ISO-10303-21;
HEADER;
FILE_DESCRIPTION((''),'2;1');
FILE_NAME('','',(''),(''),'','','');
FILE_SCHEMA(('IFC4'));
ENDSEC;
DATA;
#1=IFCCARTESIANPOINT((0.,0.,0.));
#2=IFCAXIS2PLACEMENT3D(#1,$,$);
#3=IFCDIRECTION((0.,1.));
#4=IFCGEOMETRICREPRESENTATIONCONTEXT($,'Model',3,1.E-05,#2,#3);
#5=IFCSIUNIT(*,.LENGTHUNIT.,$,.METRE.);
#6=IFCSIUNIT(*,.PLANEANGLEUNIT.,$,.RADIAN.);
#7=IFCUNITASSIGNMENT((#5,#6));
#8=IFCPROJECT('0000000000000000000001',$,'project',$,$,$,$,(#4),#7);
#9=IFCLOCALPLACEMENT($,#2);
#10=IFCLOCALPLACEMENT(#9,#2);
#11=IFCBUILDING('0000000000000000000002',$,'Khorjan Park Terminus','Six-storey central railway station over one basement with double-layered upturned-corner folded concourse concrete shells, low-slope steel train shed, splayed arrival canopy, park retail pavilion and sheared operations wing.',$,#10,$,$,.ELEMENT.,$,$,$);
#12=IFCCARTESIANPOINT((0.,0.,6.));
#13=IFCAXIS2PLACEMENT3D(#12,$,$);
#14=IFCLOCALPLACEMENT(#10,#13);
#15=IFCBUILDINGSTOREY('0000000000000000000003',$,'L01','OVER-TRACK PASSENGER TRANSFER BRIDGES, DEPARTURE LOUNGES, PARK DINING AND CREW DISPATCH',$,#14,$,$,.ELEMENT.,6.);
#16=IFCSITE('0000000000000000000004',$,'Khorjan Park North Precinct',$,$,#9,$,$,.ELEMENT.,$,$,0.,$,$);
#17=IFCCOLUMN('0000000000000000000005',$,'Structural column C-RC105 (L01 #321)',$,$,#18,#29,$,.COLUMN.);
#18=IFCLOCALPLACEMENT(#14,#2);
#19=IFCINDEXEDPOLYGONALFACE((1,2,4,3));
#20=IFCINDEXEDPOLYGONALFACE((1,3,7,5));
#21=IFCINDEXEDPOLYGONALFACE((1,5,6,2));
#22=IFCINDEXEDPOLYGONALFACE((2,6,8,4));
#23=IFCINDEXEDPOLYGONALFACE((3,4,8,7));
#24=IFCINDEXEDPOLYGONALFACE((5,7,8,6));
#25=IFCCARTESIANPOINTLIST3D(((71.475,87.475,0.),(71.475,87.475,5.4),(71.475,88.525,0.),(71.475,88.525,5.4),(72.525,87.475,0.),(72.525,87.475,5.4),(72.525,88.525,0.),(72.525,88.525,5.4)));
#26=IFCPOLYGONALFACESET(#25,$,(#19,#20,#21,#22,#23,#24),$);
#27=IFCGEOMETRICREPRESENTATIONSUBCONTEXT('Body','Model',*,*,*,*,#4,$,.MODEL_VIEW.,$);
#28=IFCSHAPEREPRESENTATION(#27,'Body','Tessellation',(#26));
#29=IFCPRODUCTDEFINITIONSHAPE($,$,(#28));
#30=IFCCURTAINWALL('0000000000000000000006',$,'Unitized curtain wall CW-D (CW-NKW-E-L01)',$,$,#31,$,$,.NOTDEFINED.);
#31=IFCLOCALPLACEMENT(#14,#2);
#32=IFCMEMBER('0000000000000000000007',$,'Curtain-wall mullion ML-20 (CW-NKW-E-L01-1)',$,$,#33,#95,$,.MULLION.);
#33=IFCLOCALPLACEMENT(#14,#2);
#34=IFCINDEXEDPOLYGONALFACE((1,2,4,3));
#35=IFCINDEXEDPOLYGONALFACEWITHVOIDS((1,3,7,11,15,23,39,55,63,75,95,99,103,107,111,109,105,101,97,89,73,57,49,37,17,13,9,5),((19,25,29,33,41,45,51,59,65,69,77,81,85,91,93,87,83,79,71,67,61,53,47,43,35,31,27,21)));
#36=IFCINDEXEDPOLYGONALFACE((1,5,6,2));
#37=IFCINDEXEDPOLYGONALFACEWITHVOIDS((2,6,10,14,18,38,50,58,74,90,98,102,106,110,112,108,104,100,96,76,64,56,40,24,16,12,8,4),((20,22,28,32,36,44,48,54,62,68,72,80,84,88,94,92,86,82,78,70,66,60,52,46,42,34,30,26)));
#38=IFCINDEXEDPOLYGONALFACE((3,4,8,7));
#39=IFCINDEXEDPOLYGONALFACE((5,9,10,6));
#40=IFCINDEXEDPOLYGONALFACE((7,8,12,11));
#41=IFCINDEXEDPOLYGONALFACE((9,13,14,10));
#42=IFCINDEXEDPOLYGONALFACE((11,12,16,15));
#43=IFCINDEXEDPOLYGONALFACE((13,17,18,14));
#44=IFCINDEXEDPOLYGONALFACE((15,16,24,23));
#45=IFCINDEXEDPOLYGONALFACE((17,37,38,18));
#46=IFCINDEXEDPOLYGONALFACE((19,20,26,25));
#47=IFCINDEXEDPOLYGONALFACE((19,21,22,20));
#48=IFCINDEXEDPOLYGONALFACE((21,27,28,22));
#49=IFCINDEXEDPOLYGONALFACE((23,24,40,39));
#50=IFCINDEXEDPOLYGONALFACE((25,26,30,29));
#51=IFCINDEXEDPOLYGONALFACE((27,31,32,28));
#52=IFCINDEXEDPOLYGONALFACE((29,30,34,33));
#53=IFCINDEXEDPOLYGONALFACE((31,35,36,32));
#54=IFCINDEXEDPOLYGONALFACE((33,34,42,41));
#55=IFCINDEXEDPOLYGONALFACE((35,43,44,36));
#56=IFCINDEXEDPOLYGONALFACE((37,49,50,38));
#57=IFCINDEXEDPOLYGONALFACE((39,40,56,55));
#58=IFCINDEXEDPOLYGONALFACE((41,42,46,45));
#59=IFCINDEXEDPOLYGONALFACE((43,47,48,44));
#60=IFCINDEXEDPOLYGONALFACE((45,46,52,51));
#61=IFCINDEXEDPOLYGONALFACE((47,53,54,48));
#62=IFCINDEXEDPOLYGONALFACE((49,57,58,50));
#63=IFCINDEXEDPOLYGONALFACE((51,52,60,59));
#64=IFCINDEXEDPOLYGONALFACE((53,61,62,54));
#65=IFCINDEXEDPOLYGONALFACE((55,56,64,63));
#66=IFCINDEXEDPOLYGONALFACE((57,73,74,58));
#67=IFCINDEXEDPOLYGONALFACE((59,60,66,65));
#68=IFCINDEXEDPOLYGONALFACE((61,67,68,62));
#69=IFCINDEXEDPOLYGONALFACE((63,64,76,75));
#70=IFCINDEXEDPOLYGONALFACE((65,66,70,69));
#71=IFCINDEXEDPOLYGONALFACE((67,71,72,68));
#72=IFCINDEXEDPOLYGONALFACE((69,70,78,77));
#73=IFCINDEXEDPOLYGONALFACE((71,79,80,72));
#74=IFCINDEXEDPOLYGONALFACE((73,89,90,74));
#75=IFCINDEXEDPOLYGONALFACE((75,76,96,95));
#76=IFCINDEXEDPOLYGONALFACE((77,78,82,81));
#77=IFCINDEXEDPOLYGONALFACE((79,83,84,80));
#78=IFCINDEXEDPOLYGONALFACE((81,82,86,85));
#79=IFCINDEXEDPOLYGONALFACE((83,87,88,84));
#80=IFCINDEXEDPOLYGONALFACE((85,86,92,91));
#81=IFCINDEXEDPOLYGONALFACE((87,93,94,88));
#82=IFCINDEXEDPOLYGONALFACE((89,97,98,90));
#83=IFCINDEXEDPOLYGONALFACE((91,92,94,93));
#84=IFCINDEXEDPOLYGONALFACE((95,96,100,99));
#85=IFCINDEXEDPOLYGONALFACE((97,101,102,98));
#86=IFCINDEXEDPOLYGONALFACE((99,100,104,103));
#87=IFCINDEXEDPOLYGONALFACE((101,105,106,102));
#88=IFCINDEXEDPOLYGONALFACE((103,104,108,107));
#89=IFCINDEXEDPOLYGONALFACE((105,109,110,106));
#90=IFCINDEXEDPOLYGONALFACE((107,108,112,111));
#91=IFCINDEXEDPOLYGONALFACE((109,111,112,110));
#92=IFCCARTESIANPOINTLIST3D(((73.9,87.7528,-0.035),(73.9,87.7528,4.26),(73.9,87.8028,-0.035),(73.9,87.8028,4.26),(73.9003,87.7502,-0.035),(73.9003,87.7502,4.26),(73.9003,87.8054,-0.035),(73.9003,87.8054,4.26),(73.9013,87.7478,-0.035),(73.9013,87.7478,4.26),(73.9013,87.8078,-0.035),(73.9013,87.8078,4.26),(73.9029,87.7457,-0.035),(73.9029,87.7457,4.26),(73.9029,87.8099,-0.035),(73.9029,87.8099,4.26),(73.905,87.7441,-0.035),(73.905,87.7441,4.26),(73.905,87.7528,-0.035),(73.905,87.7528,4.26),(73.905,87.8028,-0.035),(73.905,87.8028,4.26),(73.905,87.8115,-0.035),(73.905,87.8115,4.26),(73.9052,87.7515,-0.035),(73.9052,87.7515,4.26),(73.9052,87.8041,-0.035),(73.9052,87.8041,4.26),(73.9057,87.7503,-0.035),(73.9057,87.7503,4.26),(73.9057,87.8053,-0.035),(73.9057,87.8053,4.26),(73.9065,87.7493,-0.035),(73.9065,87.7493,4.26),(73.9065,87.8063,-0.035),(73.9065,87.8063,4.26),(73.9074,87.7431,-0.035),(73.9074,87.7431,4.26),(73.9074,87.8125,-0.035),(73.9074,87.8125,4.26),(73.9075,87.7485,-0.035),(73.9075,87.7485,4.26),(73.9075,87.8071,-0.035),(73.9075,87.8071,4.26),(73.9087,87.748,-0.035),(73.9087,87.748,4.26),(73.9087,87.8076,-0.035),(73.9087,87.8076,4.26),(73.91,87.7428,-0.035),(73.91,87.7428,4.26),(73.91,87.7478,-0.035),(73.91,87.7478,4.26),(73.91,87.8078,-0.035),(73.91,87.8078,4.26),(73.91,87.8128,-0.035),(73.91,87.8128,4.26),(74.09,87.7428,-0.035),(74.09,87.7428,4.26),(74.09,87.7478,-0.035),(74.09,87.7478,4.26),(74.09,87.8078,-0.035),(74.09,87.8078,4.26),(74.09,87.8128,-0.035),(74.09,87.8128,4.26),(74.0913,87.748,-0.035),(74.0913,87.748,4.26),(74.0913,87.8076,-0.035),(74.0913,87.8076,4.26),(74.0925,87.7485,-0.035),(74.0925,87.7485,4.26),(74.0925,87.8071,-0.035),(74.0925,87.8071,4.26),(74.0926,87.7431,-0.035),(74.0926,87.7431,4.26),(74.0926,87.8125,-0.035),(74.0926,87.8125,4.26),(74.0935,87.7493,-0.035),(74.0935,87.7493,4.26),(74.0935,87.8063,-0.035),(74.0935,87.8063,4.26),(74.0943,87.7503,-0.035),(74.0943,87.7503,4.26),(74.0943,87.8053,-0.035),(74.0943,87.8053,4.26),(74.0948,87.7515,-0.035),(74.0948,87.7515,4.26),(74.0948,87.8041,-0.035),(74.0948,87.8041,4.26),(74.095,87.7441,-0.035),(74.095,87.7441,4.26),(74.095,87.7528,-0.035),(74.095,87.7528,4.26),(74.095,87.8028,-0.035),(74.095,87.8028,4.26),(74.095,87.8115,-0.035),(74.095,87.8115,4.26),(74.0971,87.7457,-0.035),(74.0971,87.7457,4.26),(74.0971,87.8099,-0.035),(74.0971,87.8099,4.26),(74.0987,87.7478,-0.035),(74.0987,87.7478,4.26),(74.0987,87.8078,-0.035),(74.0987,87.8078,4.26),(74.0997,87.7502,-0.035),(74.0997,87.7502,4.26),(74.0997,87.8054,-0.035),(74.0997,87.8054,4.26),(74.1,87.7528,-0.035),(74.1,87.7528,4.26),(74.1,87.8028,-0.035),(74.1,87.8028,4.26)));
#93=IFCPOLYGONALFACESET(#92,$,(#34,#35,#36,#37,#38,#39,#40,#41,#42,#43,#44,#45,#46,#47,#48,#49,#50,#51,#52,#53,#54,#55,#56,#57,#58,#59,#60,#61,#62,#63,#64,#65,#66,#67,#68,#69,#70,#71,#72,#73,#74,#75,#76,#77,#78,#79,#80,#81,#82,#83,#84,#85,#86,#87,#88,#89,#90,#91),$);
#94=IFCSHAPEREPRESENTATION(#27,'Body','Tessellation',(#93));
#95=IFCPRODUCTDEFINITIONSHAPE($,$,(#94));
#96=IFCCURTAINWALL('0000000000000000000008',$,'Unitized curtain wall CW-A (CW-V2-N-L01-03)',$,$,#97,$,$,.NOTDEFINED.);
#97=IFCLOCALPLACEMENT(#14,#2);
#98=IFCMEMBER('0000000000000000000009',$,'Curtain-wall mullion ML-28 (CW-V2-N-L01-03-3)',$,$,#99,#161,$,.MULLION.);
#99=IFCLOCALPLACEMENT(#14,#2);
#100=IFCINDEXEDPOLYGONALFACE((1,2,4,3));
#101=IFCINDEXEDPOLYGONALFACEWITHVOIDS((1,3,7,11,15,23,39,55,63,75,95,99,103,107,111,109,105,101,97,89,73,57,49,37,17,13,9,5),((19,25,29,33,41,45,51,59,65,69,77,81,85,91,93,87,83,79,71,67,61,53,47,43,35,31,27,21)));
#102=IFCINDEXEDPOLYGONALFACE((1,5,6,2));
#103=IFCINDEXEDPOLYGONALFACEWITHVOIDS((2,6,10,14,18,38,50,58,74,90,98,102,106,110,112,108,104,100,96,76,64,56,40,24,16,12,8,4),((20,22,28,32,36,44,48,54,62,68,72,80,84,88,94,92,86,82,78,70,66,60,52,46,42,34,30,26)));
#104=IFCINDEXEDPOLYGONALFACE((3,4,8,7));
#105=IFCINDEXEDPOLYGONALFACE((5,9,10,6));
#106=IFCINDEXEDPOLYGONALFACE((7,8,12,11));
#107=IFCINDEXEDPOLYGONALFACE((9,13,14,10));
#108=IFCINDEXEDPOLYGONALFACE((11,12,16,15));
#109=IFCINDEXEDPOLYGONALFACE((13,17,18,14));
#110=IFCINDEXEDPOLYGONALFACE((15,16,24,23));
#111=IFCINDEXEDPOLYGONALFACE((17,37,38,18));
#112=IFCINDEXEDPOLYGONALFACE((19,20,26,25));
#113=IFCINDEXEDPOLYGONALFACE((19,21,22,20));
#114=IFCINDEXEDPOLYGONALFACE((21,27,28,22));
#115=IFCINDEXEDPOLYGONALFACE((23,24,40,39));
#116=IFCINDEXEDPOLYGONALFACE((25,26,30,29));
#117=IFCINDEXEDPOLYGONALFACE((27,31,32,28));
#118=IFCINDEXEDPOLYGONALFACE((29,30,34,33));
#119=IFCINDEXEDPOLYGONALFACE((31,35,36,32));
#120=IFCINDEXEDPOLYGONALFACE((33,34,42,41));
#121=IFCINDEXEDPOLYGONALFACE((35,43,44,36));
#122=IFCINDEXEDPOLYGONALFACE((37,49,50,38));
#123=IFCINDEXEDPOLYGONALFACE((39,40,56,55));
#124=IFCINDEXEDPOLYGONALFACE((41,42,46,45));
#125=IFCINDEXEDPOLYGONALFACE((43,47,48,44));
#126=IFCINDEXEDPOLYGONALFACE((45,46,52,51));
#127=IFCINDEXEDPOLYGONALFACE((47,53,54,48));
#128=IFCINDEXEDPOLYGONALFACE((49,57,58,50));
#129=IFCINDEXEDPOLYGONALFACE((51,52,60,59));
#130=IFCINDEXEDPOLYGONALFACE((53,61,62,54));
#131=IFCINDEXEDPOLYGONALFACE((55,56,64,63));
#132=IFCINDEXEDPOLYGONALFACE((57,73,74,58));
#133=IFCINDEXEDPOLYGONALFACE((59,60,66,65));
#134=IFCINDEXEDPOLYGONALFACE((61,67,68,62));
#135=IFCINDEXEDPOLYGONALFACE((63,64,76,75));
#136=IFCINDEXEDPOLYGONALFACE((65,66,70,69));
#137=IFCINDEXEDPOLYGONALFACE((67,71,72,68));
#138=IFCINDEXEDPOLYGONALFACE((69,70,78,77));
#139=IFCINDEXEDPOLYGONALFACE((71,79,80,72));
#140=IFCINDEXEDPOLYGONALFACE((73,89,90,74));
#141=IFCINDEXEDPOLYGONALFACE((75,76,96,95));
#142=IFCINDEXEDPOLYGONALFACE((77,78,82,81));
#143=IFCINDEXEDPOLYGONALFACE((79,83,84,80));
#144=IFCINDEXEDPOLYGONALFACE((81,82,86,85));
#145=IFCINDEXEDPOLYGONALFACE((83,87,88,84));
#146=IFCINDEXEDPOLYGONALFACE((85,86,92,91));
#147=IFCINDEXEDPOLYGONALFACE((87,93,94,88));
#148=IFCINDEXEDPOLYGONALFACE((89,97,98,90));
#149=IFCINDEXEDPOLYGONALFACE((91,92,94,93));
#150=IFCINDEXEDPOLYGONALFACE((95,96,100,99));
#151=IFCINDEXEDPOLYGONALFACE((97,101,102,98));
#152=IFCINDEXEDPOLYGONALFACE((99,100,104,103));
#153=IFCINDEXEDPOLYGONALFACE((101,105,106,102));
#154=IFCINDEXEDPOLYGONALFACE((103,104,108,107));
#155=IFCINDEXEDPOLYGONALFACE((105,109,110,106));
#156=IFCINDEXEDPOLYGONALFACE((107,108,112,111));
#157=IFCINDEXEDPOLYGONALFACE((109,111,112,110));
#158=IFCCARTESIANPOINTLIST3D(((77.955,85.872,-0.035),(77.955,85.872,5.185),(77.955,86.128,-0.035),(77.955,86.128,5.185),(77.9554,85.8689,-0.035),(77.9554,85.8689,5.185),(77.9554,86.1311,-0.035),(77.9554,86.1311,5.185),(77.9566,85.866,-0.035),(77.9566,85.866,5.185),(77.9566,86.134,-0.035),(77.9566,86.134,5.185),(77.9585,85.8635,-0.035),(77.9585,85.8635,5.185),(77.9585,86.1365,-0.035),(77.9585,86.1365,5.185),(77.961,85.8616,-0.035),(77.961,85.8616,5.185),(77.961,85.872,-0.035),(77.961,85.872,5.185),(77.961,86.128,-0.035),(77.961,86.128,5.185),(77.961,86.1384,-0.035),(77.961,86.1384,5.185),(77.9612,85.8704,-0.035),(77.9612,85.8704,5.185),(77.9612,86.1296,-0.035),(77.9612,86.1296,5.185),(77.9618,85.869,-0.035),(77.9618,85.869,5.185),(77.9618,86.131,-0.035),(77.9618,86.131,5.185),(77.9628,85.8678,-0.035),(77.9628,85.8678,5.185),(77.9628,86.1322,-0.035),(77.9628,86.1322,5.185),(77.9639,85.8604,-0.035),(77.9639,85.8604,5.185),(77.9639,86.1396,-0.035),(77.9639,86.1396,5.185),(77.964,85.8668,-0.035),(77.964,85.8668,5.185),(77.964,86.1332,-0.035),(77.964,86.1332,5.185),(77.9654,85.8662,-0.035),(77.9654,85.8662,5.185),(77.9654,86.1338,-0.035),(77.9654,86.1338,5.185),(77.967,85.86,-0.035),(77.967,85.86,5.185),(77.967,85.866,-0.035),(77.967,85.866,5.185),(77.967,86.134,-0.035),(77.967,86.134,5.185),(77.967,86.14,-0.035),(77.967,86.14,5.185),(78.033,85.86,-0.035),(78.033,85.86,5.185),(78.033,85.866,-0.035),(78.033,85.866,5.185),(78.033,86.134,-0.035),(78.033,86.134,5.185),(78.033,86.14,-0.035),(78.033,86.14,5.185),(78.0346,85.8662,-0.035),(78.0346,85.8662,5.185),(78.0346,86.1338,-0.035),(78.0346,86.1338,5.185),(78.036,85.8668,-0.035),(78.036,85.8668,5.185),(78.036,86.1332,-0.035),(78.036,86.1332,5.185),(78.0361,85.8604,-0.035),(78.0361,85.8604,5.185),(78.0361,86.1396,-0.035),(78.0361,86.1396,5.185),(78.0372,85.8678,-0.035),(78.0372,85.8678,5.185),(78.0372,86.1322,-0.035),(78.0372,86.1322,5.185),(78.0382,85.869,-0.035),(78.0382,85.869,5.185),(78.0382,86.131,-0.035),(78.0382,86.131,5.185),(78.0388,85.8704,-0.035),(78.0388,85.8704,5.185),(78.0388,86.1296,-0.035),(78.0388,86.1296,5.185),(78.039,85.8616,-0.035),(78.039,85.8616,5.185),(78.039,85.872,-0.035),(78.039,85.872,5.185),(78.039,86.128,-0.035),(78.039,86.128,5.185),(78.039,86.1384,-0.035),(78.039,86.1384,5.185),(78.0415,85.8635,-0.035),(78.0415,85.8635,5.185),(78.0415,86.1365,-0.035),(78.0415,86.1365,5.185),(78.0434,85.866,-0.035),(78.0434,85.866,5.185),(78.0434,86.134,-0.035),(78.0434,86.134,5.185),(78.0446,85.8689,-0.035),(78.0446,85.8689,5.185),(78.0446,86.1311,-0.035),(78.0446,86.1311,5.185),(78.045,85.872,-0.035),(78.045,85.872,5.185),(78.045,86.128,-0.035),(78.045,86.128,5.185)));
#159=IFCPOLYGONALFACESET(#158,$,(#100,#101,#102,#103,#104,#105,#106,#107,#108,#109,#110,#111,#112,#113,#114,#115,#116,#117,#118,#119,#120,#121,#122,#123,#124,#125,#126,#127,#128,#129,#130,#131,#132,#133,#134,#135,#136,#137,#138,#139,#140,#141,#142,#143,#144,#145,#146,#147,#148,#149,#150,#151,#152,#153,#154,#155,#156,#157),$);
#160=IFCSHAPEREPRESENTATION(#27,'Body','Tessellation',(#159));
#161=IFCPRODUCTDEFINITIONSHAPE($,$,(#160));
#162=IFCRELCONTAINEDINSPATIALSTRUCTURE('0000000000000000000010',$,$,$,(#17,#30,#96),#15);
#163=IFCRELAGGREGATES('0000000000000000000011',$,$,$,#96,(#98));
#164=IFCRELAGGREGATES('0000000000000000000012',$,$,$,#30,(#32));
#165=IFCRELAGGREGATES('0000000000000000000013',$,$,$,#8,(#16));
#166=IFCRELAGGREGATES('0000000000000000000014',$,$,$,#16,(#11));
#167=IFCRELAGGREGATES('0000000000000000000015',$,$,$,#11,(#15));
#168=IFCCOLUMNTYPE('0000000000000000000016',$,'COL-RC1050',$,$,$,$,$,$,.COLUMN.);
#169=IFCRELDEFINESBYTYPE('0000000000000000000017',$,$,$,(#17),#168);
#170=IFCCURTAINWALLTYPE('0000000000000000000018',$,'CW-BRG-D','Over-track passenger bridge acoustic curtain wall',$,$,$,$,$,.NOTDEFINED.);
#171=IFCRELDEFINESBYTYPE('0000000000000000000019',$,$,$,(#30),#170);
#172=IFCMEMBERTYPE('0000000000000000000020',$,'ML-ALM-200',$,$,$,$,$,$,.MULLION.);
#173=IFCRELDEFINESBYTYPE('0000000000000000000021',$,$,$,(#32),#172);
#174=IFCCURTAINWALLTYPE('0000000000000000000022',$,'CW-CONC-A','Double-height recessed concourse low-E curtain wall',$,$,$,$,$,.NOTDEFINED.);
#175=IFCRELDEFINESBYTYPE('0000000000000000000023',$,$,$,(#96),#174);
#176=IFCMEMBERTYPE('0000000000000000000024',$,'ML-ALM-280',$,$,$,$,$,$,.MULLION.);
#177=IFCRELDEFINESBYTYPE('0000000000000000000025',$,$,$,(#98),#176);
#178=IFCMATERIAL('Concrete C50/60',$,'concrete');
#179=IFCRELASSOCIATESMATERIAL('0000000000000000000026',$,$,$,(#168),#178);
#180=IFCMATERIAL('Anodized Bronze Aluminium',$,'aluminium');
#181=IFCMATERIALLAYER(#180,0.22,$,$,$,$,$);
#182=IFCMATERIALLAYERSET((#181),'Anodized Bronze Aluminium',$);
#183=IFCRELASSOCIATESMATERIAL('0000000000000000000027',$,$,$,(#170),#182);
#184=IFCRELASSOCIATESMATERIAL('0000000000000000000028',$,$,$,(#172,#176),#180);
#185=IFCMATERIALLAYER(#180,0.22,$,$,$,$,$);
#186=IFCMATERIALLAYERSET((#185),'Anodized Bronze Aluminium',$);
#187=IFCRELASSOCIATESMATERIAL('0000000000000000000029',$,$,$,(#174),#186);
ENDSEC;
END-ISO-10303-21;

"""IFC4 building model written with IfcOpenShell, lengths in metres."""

from ifc_helpers import new_model, si_unit, direction, frame, origin, origin_2d, place, context, subcontext, project, spatial, rectangle, hollow_rectangle, extrude, material, layer, layer_set, material_profile, profile_set, type_object, element, aggregate, save


model = new_model("IFC4")

# Units and contexts
model_context = context("Model", 3, precision=1e-05, world=origin(), true_north=direction((0.0, 1.0)))
body_context = subcontext(model_context, "Body", "Model", "MODEL_VIEW")
ifc_project = project(units=[si_unit("LENGTHUNIT", "METRE"), si_unit("PLANEANGLEUNIT", "RADIAN")], contexts=[model_context])

# Site, building, storey
site_placement = place(None, origin())
site = spatial("IfcSite", under=ifc_project, at=site_placement, Name="Khorjan Park North Precinct", CompositionType="ELEMENT", RefElevation=0.0)
building_placement = place(site_placement, origin())
building = spatial("IfcBuilding", under=site, at=building_placement, Name="Khorjan Park Terminus", Description="Six-storey central railway station over one basement with double-layered upturned-corner folded concourse concrete shells, low-slope steel train shed, splayed arrival canopy, park retail pavilion and sheared operations wing.", CompositionType="ELEMENT")
storey_placement = place(building_placement, frame((0.0, 0.0, 6.0)))
storey = spatial("IfcBuildingStorey", under=building, at=storey_placement, Name="L01", Description="OVER-TRACK PASSENGER TRANSFER BRIDGES, DEPARTURE LOUNGES, PARK DINING AND CREW DISPATCH", CompositionType="ELEMENT", Elevation=6.0)

# Column
ifc_material_1 = material(Name="Concrete C50/60", Category="concrete")
ifc_material_profile_1 = material_profile(ifc_material_1, rectangle(XDim=1.05, YDim=1.05, at=origin_2d()), Name="RC 1050x1050")
ifc_profile_set_1 = profile_set([ifc_material_profile_1], Name="Concrete C50/60")
column_type = type_object("IfcColumnType", Name="COL-RC1050", PredefinedType="COLUMN", material=ifc_profile_set_1)
column_placement = place(storey_placement, frame((72.0, 88.0, 0.0), z_axis=(0.0, 0.0, 1.0), x_axis=(1.0, 0.0, 0.0)))
element("IfcColumn", 1, at=column_placement, inside=storey, type_object=column_type, Name="Structural column C-RC105 (L01 #321)", PredefinedType="COLUMN", context=body_context, shape_type="SweptSolid", body=[
    extrude(rectangle(XDim=1.05, YDim=1.05, at=origin_2d()), origin(), (0.0, 0.0, 1.0), 5.4),
])

# Curtain wall, member
ifc_material_2 = material(Name="Anodized Bronze Aluminium", Category="aluminium")
ifc_layer_1 = layer(ifc_material_2, 0.22)
ifc_layer_set_1 = layer_set([ifc_layer_1], Name="Anodized Bronze Aluminium")
curtain_wall_type_1 = type_object("IfcCurtainWallType", Name="CW-BRG-D", Description="Over-track passenger bridge acoustic curtain wall", PredefinedType="NOTDEFINED", material=ifc_layer_set_1)
curtain_wall_1_placement = place(storey_placement, origin())
curtain_wall_1 = element("IfcCurtainWall", 2, at=curtain_wall_1_placement, inside=storey, type_object=curtain_wall_type_1, Name="Unitized curtain wall CW-D (CW-NKW-E-L01)", PredefinedType="NOTDEFINED")
ifc_material_profile_2 = material_profile(ifc_material_2, hollow_rectangle(XDim=0.07, YDim=0.2, WallThickness=0.005, InnerFilletRadius=0.005, OuterFilletRadius=0.01, at=origin_2d()), Name="ALM 70x200x5")
ifc_profile_set_2 = profile_set([ifc_material_profile_2], Name="Anodized Bronze Aluminium")
member_type_1 = type_object("IfcMemberType", Name="ML-ALM-200", PredefinedType="MULLION", material=ifc_profile_set_2)
member_1_placement = place(storey_placement, frame((74.0, 87.7778, -0.035), z_axis=(0.0, 0.0, 1.0), x_axis=(0.0, 1.0, 0.0)))
member_1 = element("IfcMember", 3, at=member_1_placement, type_object=member_type_1, Name="Curtain-wall mullion ML-20 (CW-NKW-E-L01-1)", PredefinedType="MULLION", context=body_context, shape_type="SweptSolid", body=[
    extrude(hollow_rectangle(XDim=0.07, YDim=0.2, WallThickness=0.005, InnerFilletRadius=0.005, OuterFilletRadius=0.01, at=origin_2d()), origin(), (0.0, 0.0, 1.0), 4.295),
])

# Curtain wall, member
ifc_layer_2 = layer(ifc_material_2, 0.22)
ifc_layer_set_2 = layer_set([ifc_layer_2], Name="Anodized Bronze Aluminium")
curtain_wall_type_2 = type_object("IfcCurtainWallType", Name="CW-CONC-A", Description="Double-height recessed concourse low-E curtain wall", PredefinedType="NOTDEFINED", material=ifc_layer_set_2)
curtain_wall_2_placement = place(storey_placement, origin())
curtain_wall_2 = element("IfcCurtainWall", 4, at=curtain_wall_2_placement, inside=storey, type_object=curtain_wall_type_2, Name="Unitized curtain wall CW-A (CW-V2-N-L01-03)", PredefinedType="NOTDEFINED")
ifc_material_profile_3 = material_profile(ifc_material_2, hollow_rectangle(XDim=0.09, YDim=0.28, WallThickness=0.006, InnerFilletRadius=0.006, OuterFilletRadius=0.012, at=origin_2d()), Name="ALM 90x280x6")
ifc_profile_set_3 = profile_set([ifc_material_profile_3], Name="Anodized Bronze Aluminium")
member_type_2 = type_object("IfcMemberType", Name="ML-ALM-280", PredefinedType="MULLION", material=ifc_profile_set_3)
member_2_placement = place(storey_placement, frame((78.0, 86.0, -0.035), z_axis=(0.0, 0.0, 1.0), x_axis=(-1.0, 0.0, 0.0)))
member_2 = element("IfcMember", 5, at=member_2_placement, type_object=member_type_2, Name="Curtain-wall mullion ML-28 (CW-V2-N-L01-03-3)", PredefinedType="MULLION", context=body_context, shape_type="SweptSolid", body=[
    extrude(hollow_rectangle(XDim=0.09, YDim=0.28, WallThickness=0.006, InnerFilletRadius=0.006, OuterFilletRadius=0.012, at=origin_2d()), origin(), (0.0, 0.0, 1.0), 5.22),
])

aggregate(curtain_wall_2, [member_2])
aggregate(curtain_wall_1, [member_1])

save(model, "model.ifc")
